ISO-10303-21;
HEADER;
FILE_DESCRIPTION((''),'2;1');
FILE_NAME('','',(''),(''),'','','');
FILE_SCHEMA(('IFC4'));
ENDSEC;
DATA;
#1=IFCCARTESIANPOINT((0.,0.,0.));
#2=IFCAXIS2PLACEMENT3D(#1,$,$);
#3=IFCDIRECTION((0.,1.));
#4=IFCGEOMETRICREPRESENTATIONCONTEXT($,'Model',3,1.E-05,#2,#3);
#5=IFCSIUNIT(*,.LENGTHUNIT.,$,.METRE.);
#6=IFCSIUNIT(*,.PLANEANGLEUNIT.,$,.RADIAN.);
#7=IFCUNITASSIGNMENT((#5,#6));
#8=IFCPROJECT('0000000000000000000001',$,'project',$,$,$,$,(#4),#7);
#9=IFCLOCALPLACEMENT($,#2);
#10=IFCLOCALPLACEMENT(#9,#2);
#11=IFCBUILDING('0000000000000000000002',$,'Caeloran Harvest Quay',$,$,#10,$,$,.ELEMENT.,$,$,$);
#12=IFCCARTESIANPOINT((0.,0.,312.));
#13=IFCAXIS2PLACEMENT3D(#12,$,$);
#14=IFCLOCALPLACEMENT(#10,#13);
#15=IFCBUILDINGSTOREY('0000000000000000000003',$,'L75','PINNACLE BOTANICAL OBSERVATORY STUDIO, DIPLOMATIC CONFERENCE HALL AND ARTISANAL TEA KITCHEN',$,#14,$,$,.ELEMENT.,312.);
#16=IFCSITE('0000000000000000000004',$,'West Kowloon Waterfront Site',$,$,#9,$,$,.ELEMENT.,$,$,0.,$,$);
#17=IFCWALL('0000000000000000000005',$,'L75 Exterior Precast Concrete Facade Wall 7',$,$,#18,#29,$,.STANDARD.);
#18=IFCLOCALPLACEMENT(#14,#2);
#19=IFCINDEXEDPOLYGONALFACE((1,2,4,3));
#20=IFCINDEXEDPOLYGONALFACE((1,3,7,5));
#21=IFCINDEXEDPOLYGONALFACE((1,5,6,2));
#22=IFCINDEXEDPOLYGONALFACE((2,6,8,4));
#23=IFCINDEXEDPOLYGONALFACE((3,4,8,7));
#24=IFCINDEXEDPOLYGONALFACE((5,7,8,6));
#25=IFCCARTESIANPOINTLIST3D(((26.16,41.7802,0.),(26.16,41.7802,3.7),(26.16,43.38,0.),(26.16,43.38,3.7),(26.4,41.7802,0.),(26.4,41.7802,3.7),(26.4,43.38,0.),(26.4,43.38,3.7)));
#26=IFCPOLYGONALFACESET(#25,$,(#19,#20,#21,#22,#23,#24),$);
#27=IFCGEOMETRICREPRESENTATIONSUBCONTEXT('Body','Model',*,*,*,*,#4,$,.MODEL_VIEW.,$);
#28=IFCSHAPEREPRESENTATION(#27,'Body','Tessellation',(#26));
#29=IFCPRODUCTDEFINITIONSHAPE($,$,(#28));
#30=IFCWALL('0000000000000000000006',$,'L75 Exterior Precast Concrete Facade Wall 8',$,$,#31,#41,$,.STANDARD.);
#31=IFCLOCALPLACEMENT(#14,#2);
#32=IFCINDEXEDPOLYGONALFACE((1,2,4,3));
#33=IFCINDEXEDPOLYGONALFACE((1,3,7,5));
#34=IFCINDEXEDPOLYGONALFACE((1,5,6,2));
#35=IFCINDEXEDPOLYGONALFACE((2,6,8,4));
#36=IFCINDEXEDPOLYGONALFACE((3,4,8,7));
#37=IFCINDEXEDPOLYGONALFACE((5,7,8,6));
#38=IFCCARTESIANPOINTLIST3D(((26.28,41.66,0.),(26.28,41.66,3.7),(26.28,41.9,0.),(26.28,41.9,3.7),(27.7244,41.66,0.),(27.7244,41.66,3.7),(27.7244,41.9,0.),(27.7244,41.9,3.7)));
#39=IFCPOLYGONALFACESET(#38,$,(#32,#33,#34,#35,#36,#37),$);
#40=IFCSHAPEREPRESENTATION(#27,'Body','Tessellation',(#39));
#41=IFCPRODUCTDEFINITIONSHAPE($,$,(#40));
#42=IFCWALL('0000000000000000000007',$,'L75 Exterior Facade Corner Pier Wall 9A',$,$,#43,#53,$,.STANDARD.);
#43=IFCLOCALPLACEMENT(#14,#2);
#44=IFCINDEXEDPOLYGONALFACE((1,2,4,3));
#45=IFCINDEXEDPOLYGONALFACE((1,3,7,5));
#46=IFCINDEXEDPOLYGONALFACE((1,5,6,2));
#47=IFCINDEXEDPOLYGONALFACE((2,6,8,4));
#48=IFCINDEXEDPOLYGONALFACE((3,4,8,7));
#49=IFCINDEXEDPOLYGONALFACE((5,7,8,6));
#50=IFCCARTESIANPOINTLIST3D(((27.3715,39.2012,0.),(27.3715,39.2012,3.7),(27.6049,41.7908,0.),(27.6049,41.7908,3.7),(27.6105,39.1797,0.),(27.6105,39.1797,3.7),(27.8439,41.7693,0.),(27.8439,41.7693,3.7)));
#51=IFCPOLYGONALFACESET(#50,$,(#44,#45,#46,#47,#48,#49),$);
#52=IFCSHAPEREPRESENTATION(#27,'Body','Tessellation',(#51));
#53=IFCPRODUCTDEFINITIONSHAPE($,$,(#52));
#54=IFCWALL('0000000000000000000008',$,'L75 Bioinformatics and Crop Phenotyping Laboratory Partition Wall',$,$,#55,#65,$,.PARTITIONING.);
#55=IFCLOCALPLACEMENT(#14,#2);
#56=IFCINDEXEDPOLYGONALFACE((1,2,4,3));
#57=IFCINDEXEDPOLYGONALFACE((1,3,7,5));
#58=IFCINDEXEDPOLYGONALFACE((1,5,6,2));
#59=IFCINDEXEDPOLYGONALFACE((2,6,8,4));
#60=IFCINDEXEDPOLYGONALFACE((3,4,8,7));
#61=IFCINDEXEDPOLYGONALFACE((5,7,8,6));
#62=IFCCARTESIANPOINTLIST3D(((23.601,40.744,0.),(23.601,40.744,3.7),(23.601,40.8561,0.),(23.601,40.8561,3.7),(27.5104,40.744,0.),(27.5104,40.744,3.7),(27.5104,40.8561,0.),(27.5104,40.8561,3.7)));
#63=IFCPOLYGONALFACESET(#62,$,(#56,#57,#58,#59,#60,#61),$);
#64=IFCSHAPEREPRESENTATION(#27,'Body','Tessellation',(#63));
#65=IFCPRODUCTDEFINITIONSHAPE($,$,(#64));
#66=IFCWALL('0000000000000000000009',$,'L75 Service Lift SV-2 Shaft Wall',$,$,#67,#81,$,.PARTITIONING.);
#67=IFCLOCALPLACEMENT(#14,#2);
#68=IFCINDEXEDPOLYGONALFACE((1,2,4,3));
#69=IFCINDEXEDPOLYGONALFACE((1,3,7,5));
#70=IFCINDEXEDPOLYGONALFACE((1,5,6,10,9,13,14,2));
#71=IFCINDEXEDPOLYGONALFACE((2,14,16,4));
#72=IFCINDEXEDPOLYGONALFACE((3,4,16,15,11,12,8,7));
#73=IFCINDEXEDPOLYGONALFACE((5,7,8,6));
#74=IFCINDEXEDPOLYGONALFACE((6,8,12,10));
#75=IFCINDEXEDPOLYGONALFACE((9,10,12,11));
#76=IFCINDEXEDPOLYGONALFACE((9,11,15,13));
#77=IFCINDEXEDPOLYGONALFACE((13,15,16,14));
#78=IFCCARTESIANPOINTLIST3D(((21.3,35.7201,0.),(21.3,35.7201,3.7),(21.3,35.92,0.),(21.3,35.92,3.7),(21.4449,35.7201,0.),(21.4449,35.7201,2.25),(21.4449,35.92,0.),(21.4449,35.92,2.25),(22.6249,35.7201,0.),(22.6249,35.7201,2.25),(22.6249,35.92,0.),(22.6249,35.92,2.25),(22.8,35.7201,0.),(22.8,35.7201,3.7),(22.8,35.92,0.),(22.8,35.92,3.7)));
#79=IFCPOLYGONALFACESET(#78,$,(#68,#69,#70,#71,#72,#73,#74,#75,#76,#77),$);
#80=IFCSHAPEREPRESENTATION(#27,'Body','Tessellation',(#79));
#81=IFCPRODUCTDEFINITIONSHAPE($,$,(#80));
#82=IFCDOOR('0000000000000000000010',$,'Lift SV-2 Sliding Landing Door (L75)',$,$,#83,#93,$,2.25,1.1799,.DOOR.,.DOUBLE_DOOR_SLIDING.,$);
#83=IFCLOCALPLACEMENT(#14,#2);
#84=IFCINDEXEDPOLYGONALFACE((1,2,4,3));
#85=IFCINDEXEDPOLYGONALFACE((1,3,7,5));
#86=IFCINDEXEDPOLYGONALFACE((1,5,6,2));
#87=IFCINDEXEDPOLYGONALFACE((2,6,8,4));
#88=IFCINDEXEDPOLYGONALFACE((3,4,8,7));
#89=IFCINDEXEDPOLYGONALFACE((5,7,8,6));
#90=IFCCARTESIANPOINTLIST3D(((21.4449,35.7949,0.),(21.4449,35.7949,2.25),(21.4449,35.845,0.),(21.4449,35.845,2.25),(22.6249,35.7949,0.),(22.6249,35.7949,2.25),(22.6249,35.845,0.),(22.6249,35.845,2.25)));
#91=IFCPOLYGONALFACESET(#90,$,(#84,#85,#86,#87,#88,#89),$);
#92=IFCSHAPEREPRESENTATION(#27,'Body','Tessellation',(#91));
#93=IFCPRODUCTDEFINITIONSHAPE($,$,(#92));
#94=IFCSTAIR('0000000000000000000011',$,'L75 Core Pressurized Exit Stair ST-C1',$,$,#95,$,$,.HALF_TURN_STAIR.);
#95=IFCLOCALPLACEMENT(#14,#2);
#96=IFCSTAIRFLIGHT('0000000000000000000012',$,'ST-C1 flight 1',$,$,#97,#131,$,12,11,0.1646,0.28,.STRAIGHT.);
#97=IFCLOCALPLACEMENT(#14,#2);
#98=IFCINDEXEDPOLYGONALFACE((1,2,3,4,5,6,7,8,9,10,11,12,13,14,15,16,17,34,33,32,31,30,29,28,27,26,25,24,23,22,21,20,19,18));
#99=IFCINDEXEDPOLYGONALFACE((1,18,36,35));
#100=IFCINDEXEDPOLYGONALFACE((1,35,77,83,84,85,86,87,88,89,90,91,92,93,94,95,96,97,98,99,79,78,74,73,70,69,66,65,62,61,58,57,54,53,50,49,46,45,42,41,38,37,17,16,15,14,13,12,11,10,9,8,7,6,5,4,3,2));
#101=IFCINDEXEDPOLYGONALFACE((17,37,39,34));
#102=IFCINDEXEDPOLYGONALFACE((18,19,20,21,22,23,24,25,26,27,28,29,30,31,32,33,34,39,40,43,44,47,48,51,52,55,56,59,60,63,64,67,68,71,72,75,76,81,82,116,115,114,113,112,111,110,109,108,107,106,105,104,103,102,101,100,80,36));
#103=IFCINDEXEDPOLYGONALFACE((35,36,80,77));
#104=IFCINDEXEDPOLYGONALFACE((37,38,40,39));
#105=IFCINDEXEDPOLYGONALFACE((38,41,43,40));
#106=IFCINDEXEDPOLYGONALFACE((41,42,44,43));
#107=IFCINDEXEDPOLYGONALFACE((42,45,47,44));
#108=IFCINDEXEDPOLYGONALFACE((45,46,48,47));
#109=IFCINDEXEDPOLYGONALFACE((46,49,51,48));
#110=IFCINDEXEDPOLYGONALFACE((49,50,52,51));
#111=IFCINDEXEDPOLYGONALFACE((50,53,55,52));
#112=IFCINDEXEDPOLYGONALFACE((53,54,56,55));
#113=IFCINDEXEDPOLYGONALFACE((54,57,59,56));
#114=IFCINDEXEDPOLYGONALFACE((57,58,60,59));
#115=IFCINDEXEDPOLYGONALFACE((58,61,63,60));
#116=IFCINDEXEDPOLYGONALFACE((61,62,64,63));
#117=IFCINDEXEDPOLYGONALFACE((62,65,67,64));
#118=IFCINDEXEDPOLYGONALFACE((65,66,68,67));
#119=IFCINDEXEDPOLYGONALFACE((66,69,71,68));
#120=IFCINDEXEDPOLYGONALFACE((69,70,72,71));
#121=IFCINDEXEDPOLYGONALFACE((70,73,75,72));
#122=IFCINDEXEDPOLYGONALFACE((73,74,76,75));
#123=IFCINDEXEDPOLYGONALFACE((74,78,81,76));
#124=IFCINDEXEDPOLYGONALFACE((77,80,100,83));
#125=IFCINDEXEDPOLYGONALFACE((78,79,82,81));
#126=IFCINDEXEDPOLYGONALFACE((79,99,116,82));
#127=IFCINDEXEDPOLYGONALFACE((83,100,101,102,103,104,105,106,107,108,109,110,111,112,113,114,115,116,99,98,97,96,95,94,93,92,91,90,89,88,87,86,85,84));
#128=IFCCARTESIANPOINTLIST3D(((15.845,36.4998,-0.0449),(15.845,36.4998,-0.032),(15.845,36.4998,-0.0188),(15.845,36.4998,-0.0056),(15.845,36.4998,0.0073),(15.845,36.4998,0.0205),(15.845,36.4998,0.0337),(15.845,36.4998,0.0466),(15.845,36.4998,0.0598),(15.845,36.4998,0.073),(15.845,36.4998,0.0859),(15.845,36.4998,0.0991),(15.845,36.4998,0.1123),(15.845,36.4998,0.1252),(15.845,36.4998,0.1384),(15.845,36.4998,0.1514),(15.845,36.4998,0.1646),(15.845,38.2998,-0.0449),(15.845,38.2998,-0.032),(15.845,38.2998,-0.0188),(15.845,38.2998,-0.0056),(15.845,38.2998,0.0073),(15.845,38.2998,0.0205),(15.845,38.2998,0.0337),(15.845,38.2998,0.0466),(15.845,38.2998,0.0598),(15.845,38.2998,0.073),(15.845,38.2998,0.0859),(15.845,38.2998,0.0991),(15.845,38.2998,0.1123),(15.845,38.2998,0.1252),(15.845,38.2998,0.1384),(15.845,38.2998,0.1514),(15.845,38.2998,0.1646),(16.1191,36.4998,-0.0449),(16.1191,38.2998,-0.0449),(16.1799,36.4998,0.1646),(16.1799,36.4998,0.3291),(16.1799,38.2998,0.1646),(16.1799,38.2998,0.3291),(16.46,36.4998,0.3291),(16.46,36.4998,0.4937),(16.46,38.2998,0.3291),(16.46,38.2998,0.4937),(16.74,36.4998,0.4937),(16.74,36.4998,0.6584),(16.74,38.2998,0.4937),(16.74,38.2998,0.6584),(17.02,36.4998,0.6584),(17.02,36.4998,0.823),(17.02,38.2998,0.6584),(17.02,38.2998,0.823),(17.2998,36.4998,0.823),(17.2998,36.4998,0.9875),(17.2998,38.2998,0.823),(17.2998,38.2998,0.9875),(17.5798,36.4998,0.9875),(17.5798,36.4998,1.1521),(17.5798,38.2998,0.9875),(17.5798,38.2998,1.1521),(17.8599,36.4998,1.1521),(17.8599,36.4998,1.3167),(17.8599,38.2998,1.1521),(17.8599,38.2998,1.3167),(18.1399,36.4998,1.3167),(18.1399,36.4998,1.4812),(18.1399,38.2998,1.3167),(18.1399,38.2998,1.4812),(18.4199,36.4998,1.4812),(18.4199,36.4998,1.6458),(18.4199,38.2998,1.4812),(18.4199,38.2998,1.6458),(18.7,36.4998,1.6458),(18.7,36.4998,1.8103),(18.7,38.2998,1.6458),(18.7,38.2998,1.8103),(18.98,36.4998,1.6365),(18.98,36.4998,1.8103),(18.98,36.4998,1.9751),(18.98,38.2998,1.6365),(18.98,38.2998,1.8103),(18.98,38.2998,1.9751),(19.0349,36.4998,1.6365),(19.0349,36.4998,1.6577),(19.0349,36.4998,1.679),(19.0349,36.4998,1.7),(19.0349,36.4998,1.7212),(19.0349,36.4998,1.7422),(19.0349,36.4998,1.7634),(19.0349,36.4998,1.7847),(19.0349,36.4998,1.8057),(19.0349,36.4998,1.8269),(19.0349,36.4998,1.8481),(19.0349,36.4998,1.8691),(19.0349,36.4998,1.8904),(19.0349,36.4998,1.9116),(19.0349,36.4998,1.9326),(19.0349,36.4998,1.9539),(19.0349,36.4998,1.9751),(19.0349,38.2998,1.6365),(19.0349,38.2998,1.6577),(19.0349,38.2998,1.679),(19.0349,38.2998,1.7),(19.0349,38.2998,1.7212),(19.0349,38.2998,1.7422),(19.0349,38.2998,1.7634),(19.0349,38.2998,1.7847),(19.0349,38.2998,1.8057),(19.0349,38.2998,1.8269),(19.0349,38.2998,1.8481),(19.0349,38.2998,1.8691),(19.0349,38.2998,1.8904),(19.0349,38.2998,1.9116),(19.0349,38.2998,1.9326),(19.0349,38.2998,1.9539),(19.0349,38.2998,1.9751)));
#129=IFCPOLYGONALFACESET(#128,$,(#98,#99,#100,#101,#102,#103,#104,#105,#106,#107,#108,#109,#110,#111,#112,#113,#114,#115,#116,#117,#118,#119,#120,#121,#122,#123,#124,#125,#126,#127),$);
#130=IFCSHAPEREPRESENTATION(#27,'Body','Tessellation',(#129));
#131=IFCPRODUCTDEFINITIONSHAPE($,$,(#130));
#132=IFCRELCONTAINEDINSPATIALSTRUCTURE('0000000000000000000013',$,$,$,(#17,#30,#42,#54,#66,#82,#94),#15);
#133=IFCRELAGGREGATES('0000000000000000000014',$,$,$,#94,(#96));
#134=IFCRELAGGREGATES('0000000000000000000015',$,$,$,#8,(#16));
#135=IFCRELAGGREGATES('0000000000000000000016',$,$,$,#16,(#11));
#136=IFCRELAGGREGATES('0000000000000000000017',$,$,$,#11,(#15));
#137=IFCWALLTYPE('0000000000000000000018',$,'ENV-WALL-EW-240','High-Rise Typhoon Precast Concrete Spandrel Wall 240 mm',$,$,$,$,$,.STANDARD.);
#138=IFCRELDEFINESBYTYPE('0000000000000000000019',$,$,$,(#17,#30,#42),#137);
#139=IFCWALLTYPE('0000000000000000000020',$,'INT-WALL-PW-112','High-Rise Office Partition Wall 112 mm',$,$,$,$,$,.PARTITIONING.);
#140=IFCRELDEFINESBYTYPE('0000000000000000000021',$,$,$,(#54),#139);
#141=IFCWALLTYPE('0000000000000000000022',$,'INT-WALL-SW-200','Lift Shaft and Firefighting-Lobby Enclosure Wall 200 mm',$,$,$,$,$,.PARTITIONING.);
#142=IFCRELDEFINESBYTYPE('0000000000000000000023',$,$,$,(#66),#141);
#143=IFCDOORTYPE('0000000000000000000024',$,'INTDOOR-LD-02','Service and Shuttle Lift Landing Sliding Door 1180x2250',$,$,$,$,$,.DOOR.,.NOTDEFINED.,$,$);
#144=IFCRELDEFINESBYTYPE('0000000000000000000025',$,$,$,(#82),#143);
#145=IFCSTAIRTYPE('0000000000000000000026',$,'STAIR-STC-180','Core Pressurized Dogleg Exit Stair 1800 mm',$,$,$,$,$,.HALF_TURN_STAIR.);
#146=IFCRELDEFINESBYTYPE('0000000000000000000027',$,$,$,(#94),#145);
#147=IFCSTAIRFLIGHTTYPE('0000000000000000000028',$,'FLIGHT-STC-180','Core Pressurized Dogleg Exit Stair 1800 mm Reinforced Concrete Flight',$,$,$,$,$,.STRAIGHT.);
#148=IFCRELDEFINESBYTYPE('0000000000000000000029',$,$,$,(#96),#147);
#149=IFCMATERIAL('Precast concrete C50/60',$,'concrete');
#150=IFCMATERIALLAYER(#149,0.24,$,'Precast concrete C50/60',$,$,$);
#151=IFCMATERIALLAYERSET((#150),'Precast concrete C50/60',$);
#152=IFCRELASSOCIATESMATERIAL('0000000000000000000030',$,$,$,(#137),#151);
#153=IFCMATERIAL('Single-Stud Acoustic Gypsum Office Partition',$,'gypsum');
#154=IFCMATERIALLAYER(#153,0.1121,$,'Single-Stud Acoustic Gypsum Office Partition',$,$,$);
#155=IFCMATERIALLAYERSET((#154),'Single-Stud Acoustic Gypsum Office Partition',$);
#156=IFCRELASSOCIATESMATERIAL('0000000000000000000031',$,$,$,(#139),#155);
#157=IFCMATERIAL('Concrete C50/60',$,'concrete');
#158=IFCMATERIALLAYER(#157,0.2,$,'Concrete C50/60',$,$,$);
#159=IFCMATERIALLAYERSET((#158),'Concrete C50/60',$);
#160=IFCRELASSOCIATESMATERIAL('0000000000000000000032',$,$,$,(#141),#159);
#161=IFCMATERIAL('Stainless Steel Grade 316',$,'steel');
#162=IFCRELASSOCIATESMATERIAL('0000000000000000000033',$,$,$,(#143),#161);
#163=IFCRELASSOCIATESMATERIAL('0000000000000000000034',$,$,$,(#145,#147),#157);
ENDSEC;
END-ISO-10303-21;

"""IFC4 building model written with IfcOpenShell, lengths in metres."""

from ifc_helpers import new_model, si_unit, direction, frame, frame_2d, origin, place, context, subcontext, project, spatial, polyline, rectangle, outline, extrude, material, layer, layer_set, type_object, element, fill, aggregate, save


model = new_model("IFC4")

# Units and contexts
model_context = context("Model", 3, precision=1e-05, world=origin(), true_north=direction((0.0, 1.0)))
body_context = subcontext(model_context, "Body", "Model", "MODEL_VIEW")
ifc_project = project(units=[si_unit("LENGTHUNIT", "METRE"), si_unit("PLANEANGLEUNIT", "RADIAN")], contexts=[model_context])

# Site, building, storey
site_placement = place(None, origin())
site = spatial("IfcSite", under=ifc_project, at=site_placement, Name="West Kowloon Waterfront Site", CompositionType="ELEMENT", RefElevation=0.0)
building_placement = place(site_placement, origin())
building = spatial("IfcBuilding", under=site, at=building_placement, Name="Caeloran Harvest Quay", CompositionType="ELEMENT")
storey_placement = place(building_placement, frame((0.0, 0.0, 312.0)))
storey = spatial("IfcBuildingStorey", under=building, at=storey_placement, Name="L75", Description="PINNACLE BOTANICAL OBSERVATORY STUDIO, DIPLOMATIC CONFERENCE HALL AND ARTISANAL TEA KITCHEN", CompositionType="ELEMENT", Elevation=312.0)

# Walls
ifc_material_1 = material(Name="Precast concrete C50/60", Category="concrete")
ifc_layer_1 = layer(ifc_material_1, 0.24, Name="Precast concrete C50/60")
ifc_layer_set_1 = layer_set([ifc_layer_1], Name="Precast concrete C50/60")
wall_type_1 = type_object("IfcWallType", Name="ENV-WALL-EW-240", Description="High-Rise Typhoon Precast Concrete Spandrel Wall 240 mm", PredefinedType="STANDARD", material=ifc_layer_set_1)
wall_1_placement = place(storey_placement, frame((26.28, 43.3799, 0.0), z_axis=(0.0, 0.0, 1.0), x_axis=(0.0, -1.0, 0.0)))
element("IfcWall", 1, at=wall_1_placement, inside=storey, type_object=wall_type_1, Name="L75 Exterior Precast Concrete Facade Wall 7", PredefinedType="STANDARD", context=body_context, shape_type="SweptSolid", body=[
    extrude(rectangle(XDim=1.5999, YDim=0.24, at=frame_2d((0.7998, 0.0))), origin(), (0.0, 0.0, 1.0), 3.7),
])
wall_2_placement = place(storey_placement, frame((26.28, 41.78, 0.0), z_axis=(0.0, 0.0, 1.0), x_axis=(1.0, 0.0, 0.0)))
element("IfcWall", 2, at=wall_2_placement, inside=storey, type_object=wall_type_1, Name="L75 Exterior Precast Concrete Facade Wall 8", PredefinedType="STANDARD", context=body_context, shape_type="SweptSolid", body=[
    extrude(rectangle(XDim=1.4443, YDim=0.24, at=frame_2d((0.7222, 0.0))), origin(), (0.0, 0.0, 1.0), 3.7),
])
wall_3_placement = place(storey_placement, frame((27.7244, 41.78, 0.0), z_axis=(0.0, 0.0, 1.0), x_axis=(-0.089765, -0.995963, 0.0)))
element("IfcWall", 3, at=wall_3_placement, inside=storey, type_object=wall_type_1, Name="L75 Exterior Facade Corner Pier Wall 9A", PredefinedType="STANDARD", context=body_context, shape_type="SweptSolid", body=[
    extrude(rectangle(XDim=2.6001, YDim=0.24, at=frame_2d((1.3, 0.0))), origin(), (0.0, 0.0, 1.0), 3.7),
])
ifc_material_2 = material(Name="Single-Stud Acoustic Gypsum Office Partition", Category="gypsum")
ifc_layer_2 = layer(ifc_material_2, 0.1121, Name="Single-Stud Acoustic Gypsum Office Partition")
ifc_layer_set_2 = layer_set([ifc_layer_2], Name="Single-Stud Acoustic Gypsum Office Partition")
wall_type_2 = type_object("IfcWallType", Name="INT-WALL-PW-112", Description="High-Rise Office Partition Wall 112 mm", PredefinedType="PARTITIONING", material=ifc_layer_set_2)
wall_4_placement = place(storey_placement, frame((23.6011, 40.8, 0.0), z_axis=(0.0, 0.0, 1.0), x_axis=(1.0, 0.0, 0.0)))
element("IfcWall", 4, at=wall_4_placement, inside=storey, type_object=wall_type_2, Name="L75 Bioinformatics and Crop Phenotyping Laboratory Partition Wall", PredefinedType="PARTITIONING", context=body_context, shape_type="SweptSolid", body=[
    extrude(rectangle(XDim=3.9094, YDim=0.1121, at=frame_2d((1.9546, 0.0))), origin(), (0.0, 0.0, 1.0), 3.7),
])

# Wall, opening, door
ifc_material_3 = material(Name="Concrete C50/60", Category="concrete")
ifc_layer_3 = layer(ifc_material_3, 0.2, Name="Concrete C50/60")
ifc_layer_set_3 = layer_set([ifc_layer_3], Name="Concrete C50/60")
wall_type_3 = type_object("IfcWallType", Name="INT-WALL-SW-200", Description="Lift Shaft and Firefighting-Lobby Enclosure Wall 200 mm", PredefinedType="PARTITIONING", material=ifc_layer_set_3)
wall_5_placement = place(storey_placement, frame((21.3, 35.8201, 0.0), z_axis=(0.0, 0.0, 1.0), x_axis=(1.0, 0.0, 0.0)))
wall_5 = element("IfcWall", 5, at=wall_5_placement, inside=storey, type_object=wall_type_3, Name="L75 Service Lift SV-2 Shaft Wall", PredefinedType="PARTITIONING", context=body_context, shape_type="SweptSolid", body=[
    extrude(rectangle(XDim=1.5, YDim=0.2, at=frame_2d((0.75, 0.0))), origin(), (0.0, 0.0, 1.0), 3.7),
])
opening_placement = place(wall_5_placement, frame((0.145, 0.0, 0.0)))
opening = element("IfcOpeningElement", 6, at=opening_placement, cuts=wall_5, PredefinedType="OPENING", context=body_context, shape_type="SweptSolid", body=[
    extrude(rectangle(XDim=1.1799, YDim=2.25, at=frame_2d((0.5898, 1.125))), frame((0.0, 0.1099, 0.0), z_axis=(0.0, -1.0, 0.0), x_axis=(1.0, 0.0, 0.0)), (0.0, 0.0, 1.0), 0.22),
])
ifc_material_4 = material(Name="Stainless Steel Grade 316", Category="steel")
door_type = type_object("IfcDoorType", Name="INTDOOR-LD-02", Description="Service and Shuttle Lift Landing Sliding Door 1180x2250", OperationType="NOTDEFINED", PredefinedType="DOOR", material=ifc_material_4)
door_placement = place(opening_placement, origin())
door = element("IfcDoor", 7, at=door_placement, inside=storey, type_object=door_type, Name="Lift SV-2 Sliding Landing Door (L75)", OperationType="DOUBLE_DOOR_SLIDING", OverallHeight=2.25, OverallWidth=1.1799, PredefinedType="DOOR", context=body_context, shape_type="SweptSolid", body=[
    extrude(rectangle(XDim=1.1799, YDim=2.25, at=frame_2d((0.5898, 1.125))), frame((0.0, 0.0249, 0.0), z_axis=(0.0, -1.0, 0.0), x_axis=(1.0, 0.0, 0.0)), (0.0, 0.0, 1.0), 0.05),
])
fill(opening, door)

# Stair, stair flight
stair_type = type_object("IfcStairType", Name="STAIR-STC-180", Description="Core Pressurized Dogleg Exit Stair 1800 mm", PredefinedType="HALF_TURN_STAIR", material=ifc_material_3)
stair_1_placement = place(storey_placement, origin())
stair_1 = element("IfcStair", 8, at=stair_1_placement, inside=storey, type_object=stair_type, Name="L75 Core Pressurized Exit Stair ST-C1", PredefinedType="HALF_TURN_STAIR")
stair_flight_type = type_object("IfcStairFlightType", Name="FLIGHT-STC-180", Description="Core Pressurized Dogleg Exit Stair 1800 mm Reinforced Concrete Flight", PredefinedType="STRAIGHT", material=ifc_material_3)
stair_flight_1_placement = place(storey_placement, frame((15.8999, 37.3999, 0.0), z_axis=(0.0, 0.0, 1.0), x_axis=(1.0, 0.0, 0.0)))
stair_flight_1 = element("IfcStairFlight", 9, at=stair_flight_1_placement, type_object=stair_flight_type, Name="ST-C1 flight 1", NumberOfRisers=12, NumberOfTreads=11, PredefinedType="STRAIGHT", RiserHeight=0.1646, TreadLength=0.28, context=body_context, shape_type="SweptSolid", body=[
    extrude(outline(polyline([(-0.0549, -0.0449), (-0.0549, -0.032), (-0.0549, -0.0188), (-0.0549, -0.0056), (-0.0549, 0.0073), (-0.0549, 0.0205), (-0.0549, 0.0337), (-0.0549, 0.0466), (-0.0549, 0.0598), (-0.0549, 0.073), (-0.0549, 0.0859), (-0.0549, 0.0991), (-0.0549, 0.1123), (-0.0549, 0.1252), (-0.0549, 0.1384), (-0.0549, 0.1514), (-0.0549, 0.1646), (0.28, 0.1646), (0.28, 0.3291), (0.5601, 0.3291), (0.5601, 0.4937), (0.8401, 0.4937), (0.8401, 0.6584), (1.1201, 0.6584), (1.1201, 0.823), (1.3999, 0.823), (1.3999, 0.9875), (1.6799, 0.9875), (1.6799, 1.1521), (1.96, 1.1521), (1.96, 1.3167), (2.24, 1.3167), (2.24, 1.4812), (2.52, 1.4812), (2.52, 1.6458), (2.8, 1.6458), (2.8, 1.8103), (3.0801, 1.8103), (3.0801, 1.9751), (3.135, 1.9751), (3.135, 1.9539), (3.135, 1.9326), (3.135, 1.9116), (3.135, 1.8904), (3.135, 1.8691), (3.135, 1.8481), (3.135, 1.8269), (3.135, 1.8057), (3.135, 1.7847), (3.135, 1.7634), (3.135, 1.7422), (3.135, 1.7212), (3.135, 1.7), (3.135, 1.679), (3.135, 1.6577), (3.135, 1.6365), (3.0801, 1.6365), (0.2192, -0.0449), (-0.0549, -0.0449)])), frame((0.0, 0.8999, 0.0), z_axis=(0.0, -1.0, 0.0), x_axis=(1.0, 0.0, 0.0)), (0.0, 0.0, 1.0), 1.8),
])
aggregate(stair_1, [stair_flight_1])

save(model, "model.ifc")
